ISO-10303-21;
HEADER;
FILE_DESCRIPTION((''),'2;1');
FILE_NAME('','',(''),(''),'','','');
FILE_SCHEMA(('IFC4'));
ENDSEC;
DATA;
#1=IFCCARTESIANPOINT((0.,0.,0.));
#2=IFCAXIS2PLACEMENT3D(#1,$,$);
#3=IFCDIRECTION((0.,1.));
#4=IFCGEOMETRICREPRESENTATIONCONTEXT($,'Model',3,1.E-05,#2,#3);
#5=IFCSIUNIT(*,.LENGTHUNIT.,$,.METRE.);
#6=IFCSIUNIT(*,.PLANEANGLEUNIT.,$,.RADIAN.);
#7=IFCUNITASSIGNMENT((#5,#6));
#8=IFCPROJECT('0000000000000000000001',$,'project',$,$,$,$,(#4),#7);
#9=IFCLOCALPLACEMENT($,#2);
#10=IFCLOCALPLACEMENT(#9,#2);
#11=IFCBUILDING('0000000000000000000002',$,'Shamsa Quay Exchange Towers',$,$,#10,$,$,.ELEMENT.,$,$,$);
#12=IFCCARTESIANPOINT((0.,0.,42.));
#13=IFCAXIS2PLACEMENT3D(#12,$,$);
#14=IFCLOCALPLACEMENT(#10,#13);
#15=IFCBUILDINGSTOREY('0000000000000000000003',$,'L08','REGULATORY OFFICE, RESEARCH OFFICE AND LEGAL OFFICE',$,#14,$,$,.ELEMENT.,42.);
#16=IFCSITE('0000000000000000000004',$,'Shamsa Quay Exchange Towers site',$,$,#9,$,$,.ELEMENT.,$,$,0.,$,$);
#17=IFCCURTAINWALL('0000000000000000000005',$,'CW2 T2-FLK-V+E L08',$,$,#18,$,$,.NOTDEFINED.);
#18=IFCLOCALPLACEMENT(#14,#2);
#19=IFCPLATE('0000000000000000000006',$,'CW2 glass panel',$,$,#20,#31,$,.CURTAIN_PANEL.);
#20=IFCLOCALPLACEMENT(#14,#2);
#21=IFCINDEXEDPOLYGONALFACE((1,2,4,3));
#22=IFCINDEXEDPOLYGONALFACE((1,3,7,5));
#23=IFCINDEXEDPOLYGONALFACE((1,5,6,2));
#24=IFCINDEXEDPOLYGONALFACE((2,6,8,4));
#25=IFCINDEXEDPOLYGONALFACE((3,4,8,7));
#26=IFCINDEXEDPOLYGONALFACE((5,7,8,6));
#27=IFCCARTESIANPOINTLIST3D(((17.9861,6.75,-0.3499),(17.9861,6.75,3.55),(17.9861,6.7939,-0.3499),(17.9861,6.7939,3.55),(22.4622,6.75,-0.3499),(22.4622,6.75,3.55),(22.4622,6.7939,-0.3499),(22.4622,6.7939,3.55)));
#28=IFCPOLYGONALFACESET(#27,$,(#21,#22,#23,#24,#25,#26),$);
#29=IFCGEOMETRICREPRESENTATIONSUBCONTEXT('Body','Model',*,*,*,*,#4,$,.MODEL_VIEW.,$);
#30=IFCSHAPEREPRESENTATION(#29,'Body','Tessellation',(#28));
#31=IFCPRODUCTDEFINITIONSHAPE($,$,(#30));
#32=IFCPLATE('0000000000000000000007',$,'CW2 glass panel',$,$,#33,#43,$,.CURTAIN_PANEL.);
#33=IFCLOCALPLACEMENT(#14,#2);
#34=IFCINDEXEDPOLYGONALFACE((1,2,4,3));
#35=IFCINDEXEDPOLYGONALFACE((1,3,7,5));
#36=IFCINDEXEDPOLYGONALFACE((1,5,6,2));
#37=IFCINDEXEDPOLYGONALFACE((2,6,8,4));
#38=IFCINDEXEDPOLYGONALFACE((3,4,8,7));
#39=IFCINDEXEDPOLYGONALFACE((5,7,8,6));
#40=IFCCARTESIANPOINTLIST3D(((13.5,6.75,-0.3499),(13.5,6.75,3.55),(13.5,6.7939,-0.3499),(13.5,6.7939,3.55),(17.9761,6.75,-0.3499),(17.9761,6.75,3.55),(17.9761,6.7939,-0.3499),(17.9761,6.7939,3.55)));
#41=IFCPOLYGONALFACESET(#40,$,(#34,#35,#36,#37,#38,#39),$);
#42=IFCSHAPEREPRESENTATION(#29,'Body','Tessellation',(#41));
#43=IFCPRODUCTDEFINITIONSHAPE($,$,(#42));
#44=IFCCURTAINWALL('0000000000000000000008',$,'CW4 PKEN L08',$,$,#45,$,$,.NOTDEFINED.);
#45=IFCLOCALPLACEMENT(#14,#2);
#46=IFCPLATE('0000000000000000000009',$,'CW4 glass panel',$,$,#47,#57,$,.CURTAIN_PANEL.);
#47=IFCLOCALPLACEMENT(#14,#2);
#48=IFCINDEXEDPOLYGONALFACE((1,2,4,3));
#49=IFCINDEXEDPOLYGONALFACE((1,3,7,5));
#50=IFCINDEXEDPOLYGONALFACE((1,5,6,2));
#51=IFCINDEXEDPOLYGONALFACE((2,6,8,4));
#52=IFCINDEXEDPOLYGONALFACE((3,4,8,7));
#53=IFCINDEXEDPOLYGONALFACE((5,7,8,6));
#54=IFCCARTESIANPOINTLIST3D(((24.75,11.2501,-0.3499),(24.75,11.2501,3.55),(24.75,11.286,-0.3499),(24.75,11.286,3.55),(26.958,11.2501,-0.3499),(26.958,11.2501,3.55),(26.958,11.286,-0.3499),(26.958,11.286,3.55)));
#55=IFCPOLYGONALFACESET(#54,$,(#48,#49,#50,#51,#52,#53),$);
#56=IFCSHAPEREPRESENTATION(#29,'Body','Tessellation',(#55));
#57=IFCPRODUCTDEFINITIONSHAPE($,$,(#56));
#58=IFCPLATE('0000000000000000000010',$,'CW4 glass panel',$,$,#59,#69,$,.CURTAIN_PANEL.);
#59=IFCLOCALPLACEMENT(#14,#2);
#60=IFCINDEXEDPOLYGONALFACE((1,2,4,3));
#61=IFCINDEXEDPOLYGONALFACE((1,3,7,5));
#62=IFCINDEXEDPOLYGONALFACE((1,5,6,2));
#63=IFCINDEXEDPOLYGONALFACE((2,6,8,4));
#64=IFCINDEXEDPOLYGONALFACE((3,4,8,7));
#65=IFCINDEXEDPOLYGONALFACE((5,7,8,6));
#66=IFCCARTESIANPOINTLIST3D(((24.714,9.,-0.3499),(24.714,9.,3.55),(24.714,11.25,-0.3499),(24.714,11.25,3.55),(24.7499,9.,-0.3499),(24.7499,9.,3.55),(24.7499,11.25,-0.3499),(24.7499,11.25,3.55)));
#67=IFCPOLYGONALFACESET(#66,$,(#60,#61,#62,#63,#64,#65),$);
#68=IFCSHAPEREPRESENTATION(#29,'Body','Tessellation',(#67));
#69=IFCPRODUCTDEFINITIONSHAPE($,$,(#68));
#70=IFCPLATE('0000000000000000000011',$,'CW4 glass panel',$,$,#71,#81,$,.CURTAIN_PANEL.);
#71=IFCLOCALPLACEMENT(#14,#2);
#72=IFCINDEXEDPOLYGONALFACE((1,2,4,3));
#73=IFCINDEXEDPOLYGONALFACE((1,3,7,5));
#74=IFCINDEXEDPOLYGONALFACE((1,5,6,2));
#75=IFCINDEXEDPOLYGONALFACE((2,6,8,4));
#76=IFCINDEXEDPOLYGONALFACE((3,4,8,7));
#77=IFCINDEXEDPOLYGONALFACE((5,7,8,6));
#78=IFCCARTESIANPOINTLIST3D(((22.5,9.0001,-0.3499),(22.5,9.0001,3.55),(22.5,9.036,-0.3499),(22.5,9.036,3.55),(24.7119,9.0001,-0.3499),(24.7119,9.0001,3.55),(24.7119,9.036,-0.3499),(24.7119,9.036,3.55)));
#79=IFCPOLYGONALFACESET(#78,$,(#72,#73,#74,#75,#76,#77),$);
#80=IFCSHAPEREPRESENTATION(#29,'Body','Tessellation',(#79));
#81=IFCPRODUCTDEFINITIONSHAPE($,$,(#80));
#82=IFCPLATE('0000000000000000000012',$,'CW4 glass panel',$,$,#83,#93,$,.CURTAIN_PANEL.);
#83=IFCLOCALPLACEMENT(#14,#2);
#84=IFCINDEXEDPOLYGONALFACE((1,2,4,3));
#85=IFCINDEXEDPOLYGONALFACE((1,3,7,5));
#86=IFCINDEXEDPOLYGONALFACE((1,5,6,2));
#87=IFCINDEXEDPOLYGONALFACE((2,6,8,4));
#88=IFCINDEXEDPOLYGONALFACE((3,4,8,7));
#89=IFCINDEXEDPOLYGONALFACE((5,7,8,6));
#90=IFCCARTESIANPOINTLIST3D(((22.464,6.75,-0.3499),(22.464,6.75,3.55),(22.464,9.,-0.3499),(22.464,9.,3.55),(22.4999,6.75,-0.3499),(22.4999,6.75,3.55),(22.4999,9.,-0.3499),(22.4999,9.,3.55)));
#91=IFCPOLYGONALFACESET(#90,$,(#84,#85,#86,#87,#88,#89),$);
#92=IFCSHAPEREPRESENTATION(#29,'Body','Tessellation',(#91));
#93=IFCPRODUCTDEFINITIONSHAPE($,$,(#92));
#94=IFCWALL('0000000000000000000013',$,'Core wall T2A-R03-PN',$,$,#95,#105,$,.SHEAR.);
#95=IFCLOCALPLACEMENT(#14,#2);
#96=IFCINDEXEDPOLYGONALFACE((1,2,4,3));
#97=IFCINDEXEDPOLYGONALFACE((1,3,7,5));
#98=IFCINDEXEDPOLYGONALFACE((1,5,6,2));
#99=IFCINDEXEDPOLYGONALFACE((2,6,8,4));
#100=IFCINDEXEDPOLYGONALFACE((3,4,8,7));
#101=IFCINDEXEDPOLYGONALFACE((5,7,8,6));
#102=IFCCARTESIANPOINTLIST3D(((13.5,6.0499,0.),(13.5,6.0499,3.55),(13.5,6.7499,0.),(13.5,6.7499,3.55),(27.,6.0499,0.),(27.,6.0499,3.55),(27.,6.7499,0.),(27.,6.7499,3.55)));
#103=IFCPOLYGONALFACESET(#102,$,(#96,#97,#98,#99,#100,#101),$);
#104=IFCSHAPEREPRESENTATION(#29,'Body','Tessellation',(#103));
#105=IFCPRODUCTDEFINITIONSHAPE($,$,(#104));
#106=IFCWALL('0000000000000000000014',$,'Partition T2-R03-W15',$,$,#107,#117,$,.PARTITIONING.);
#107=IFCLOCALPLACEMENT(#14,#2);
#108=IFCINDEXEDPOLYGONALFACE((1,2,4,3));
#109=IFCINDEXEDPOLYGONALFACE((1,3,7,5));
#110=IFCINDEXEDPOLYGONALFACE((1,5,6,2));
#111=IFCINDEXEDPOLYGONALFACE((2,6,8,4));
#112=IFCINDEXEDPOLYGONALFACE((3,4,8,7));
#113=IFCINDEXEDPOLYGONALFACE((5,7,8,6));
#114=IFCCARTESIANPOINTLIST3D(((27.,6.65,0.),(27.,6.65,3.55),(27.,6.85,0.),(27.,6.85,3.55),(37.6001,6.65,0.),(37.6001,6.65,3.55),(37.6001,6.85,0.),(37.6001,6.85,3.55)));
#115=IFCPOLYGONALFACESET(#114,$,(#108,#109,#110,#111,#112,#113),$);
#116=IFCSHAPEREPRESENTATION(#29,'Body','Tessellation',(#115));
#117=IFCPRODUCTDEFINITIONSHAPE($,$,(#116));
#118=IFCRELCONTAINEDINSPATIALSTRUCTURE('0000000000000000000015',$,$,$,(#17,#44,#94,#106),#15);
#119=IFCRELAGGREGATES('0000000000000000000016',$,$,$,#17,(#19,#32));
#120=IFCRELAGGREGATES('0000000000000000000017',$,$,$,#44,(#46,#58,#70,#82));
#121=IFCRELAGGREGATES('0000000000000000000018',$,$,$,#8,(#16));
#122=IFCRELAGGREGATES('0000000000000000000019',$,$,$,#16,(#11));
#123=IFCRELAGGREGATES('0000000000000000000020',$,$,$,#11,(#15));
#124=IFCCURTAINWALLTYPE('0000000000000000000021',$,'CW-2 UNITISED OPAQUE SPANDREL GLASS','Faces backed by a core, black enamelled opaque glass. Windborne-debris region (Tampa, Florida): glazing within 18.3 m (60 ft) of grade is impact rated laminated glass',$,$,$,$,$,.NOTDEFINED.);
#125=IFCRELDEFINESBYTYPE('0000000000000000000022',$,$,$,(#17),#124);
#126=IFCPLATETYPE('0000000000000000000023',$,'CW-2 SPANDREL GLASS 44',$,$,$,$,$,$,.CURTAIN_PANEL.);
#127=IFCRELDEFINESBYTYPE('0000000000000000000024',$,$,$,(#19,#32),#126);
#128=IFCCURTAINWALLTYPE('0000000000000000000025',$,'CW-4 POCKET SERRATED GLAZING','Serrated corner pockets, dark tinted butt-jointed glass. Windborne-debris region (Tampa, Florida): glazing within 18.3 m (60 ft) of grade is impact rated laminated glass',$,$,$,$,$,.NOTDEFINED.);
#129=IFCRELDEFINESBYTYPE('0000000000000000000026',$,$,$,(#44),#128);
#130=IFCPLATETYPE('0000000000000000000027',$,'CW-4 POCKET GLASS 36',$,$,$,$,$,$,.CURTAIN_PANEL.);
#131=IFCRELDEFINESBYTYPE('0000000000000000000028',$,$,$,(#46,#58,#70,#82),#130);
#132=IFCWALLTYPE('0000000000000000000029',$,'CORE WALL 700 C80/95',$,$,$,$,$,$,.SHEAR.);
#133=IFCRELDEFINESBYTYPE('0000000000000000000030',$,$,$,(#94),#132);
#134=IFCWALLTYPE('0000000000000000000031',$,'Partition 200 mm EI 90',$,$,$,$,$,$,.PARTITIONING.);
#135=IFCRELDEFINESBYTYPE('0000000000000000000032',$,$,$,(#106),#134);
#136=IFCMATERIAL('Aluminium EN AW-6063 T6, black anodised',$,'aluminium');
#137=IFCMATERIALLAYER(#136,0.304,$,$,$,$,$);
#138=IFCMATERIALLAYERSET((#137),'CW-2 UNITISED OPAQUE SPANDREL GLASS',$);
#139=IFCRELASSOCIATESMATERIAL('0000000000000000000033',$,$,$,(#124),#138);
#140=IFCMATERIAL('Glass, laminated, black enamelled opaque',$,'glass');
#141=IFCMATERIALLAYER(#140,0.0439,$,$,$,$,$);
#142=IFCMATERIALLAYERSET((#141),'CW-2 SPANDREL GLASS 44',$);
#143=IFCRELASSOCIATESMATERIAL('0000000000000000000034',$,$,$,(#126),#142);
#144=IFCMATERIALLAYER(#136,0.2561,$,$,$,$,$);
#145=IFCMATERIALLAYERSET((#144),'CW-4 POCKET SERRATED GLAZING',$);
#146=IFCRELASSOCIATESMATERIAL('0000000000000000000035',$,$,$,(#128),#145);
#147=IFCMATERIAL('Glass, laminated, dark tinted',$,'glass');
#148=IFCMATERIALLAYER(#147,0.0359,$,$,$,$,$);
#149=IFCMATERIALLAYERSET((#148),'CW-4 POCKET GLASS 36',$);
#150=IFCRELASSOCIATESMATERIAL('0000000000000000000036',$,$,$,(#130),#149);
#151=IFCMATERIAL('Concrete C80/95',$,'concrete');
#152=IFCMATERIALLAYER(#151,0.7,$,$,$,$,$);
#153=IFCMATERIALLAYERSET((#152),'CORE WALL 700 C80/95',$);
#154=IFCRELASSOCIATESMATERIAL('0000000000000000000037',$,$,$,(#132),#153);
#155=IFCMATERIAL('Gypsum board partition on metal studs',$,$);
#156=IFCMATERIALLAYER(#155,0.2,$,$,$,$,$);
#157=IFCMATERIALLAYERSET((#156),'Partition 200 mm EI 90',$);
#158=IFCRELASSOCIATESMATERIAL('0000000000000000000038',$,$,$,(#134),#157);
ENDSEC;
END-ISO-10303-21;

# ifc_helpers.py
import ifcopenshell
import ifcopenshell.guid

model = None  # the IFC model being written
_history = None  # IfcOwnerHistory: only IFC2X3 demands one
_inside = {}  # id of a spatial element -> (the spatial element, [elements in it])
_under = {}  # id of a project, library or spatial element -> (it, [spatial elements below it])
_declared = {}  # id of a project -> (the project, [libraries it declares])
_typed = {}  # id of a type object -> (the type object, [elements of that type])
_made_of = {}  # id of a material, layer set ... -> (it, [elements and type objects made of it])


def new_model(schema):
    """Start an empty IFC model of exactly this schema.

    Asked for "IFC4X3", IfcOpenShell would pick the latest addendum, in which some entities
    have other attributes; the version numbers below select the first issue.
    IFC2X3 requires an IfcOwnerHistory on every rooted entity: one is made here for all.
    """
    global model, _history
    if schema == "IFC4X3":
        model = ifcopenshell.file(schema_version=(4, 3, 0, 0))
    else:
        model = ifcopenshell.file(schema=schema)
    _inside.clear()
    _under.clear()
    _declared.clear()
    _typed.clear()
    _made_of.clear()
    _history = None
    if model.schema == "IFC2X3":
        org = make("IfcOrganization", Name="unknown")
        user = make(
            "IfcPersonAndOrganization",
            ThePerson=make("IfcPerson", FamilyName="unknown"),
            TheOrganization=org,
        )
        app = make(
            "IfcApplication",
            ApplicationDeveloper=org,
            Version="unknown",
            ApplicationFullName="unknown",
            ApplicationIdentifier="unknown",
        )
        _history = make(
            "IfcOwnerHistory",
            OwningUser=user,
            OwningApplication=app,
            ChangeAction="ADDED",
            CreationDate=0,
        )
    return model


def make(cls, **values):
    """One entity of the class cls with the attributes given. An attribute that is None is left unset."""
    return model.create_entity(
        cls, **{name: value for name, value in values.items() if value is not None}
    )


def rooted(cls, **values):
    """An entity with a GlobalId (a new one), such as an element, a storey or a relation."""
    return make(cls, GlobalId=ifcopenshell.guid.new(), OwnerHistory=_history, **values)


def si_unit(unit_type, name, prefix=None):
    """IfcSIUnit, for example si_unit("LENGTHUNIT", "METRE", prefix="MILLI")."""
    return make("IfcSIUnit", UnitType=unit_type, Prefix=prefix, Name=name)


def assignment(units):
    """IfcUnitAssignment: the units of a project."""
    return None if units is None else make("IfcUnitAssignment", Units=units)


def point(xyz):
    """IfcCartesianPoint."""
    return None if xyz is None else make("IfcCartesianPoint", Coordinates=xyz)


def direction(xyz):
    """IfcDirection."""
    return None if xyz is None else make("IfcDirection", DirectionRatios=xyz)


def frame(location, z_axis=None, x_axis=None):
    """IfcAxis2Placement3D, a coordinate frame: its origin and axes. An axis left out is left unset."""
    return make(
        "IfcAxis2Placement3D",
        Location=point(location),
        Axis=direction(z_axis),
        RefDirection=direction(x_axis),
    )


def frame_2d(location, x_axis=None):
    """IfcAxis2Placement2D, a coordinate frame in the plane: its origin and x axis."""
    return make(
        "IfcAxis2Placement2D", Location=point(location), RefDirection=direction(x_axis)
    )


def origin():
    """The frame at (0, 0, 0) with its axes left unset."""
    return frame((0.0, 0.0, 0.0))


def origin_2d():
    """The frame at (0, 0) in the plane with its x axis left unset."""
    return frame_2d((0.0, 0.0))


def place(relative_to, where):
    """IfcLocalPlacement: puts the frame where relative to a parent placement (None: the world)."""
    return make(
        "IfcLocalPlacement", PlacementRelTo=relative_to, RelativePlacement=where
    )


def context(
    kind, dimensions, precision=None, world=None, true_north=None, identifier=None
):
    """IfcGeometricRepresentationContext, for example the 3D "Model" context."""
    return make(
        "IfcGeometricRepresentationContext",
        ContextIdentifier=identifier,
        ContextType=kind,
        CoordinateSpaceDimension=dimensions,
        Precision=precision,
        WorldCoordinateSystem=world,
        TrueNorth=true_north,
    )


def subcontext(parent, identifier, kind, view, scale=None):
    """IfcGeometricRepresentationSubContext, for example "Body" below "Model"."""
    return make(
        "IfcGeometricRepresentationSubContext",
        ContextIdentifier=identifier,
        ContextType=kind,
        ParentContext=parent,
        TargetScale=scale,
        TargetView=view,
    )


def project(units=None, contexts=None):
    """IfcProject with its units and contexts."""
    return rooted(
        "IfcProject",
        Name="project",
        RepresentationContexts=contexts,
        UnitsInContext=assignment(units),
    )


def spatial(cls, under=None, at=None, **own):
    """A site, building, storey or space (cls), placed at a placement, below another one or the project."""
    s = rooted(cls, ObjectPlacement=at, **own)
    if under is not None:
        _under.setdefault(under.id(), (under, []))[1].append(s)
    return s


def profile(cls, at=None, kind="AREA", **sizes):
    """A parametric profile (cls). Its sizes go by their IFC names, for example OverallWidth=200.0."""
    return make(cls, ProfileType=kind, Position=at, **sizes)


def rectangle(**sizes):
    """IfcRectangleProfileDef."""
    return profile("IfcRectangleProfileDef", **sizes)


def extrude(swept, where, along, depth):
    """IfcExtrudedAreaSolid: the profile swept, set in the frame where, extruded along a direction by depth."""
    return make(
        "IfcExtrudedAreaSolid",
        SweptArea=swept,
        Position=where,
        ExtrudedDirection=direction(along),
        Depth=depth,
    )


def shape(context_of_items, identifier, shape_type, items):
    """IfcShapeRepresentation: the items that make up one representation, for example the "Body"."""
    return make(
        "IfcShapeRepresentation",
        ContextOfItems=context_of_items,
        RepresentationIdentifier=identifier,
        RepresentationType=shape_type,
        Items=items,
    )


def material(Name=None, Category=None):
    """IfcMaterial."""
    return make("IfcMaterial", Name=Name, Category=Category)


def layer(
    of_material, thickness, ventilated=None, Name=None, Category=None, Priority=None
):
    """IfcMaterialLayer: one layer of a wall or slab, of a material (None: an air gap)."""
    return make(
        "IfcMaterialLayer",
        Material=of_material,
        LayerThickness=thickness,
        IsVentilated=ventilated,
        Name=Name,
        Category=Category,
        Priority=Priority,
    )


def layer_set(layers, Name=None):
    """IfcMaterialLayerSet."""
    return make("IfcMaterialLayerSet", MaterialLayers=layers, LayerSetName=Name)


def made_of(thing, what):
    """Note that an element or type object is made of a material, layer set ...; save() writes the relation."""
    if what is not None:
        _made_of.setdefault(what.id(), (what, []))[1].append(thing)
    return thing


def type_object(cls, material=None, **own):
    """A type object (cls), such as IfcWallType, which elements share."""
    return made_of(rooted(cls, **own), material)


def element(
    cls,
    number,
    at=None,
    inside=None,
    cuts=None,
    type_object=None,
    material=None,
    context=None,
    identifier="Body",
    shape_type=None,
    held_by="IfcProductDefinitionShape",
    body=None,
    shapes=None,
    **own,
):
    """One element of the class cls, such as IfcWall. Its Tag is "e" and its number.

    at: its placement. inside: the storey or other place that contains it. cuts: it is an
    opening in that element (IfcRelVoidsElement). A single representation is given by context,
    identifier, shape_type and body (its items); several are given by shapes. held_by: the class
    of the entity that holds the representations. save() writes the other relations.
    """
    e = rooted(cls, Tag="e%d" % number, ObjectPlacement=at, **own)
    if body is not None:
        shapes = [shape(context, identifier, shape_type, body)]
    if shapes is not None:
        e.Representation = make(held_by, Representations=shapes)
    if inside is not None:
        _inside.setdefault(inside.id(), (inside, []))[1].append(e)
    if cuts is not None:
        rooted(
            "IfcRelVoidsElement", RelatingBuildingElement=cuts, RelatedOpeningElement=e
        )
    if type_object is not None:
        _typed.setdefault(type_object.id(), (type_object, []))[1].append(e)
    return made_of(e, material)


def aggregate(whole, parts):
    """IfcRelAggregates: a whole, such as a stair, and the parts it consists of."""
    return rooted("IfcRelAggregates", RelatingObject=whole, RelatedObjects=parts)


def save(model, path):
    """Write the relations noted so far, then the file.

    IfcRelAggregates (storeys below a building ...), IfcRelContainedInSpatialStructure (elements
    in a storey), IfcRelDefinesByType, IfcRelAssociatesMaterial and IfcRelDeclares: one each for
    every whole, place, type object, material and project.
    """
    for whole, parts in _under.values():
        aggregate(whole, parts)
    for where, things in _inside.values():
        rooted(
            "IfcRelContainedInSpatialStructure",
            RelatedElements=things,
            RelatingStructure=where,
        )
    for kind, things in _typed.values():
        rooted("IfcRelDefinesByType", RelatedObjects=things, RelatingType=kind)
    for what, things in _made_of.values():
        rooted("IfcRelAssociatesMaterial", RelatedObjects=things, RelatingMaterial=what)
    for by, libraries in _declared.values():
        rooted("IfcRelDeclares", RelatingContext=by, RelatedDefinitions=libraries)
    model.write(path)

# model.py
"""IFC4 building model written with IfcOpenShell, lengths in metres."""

from ifc_helpers import new_model, si_unit, direction, frame, frame_2d, origin, origin_2d, place, context, subcontext, project, spatial, rectangle, extrude, material, layer, layer_set, type_object, element, aggregate, save


model = new_model("IFC4")

# Units and contexts
model_context = context("Model", 3, precision=1e-05, world=origin(), true_north=direction((0.0, 1.0)))
body_context = subcontext(model_context, "Body", "Model", "MODEL_VIEW")
ifc_project = project(units=[si_unit("LENGTHUNIT", "METRE"), si_unit("PLANEANGLEUNIT", "RADIAN")], contexts=[model_context])

# Site, building, storey
site_placement = place(None, origin())
site = spatial("IfcSite", under=ifc_project, at=site_placement, Name="Shamsa Quay Exchange Towers site", CompositionType="ELEMENT", RefElevation=0.0)
building_placement = place(site_placement, origin())
building = spatial("IfcBuilding", under=site, at=building_placement, Name="Shamsa Quay Exchange Towers", CompositionType="ELEMENT")
storey_placement = place(building_placement, frame((0.0, 0.0, 42.0)))
storey = spatial("IfcBuildingStorey", under=building, at=storey_placement, Name="L08", Description="REGULATORY OFFICE, RESEARCH OFFICE AND LEGAL OFFICE", CompositionType="ELEMENT", Elevation=42.0)

# Shared definitions
ifc_material_1 = material(Name="Aluminium EN AW-6063 T6, black anodised", Category="aluminium")

# Shared definitions
ifc_material_2 = material(Name="Glass, laminated, dark tinted", Category="glass")

# Curtain walls, plates
ifc_layer_1 = layer(ifc_material_1, 0.304)
ifc_layer_set_1 = layer_set([ifc_layer_1], Name="CW-2 UNITISED OPAQUE SPANDREL GLASS")
curtain_wall_type_1 = type_object("IfcCurtainWallType", Name="CW-2 UNITISED OPAQUE SPANDREL GLASS", Description="Faces backed by a core, black enamelled opaque glass. Windborne-debris region (Tampa, Florida): glazing within 18.3 m (60 ft) of grade is impact rated laminated glass", PredefinedType="NOTDEFINED", material=ifc_layer_set_1)
curtain_wall_1_placement = place(storey_placement, origin())
curtain_wall_1 = element("IfcCurtainWall", 1, at=curtain_wall_1_placement, inside=storey, type_object=curtain_wall_type_1, Name="CW2 T2-FLK-V+E L08", PredefinedType="NOTDEFINED")
ifc_material_3 = material(Name="Glass, laminated, black enamelled opaque", Category="glass")
ifc_layer_2 = layer(ifc_material_3, 0.0439)
ifc_layer_set_2 = layer_set([ifc_layer_2], Name="CW-2 SPANDREL GLASS 44")
plate_type_1 = type_object("IfcPlateType", Name="CW-2 SPANDREL GLASS 44", PredefinedType="CURTAIN_PANEL", material=ifc_layer_set_2)
plate_1_placement = place(storey_placement, frame((20.2241, 6.772, -0.3499), z_axis=(0.0, 0.0, 1.0), x_axis=(-1.0, 0.0, 0.0)))
plate_1 = element("IfcPlate", 2, at=plate_1_placement, type_object=plate_type_1, Name="CW2 glass panel", PredefinedType="CURTAIN_PANEL", context=body_context, shape_type="SweptSolid", body=[
    extrude(rectangle(XDim=4.4761, YDim=0.0439, at=origin_2d()), origin(), (0.0, 0.0, 1.0), 3.8999),
])
plate_2_placement = place(storey_placement, frame((15.738, 6.772, -0.3499), z_axis=(0.0, 0.0, 1.0), x_axis=(-1.0, 0.0, 0.0)))
plate_2 = element("IfcPlate", 3, at=plate_2_placement, type_object=plate_type_1, Name="CW2 glass panel", PredefinedType="CURTAIN_PANEL", context=body_context, shape_type="SweptSolid", body=[
    extrude(rectangle(XDim=4.4761, YDim=0.0439, at=origin_2d()), origin(), (0.0, 0.0, 1.0), 3.8999),
])
aggregate(curtain_wall_1, [plate_1, plate_2])
ifc_layer_3 = layer(ifc_material_1, 0.2561)
ifc_layer_set_3 = layer_set([ifc_layer_3], Name="CW-4 POCKET SERRATED GLAZING")
curtain_wall_type_2 = type_object("IfcCurtainWallType", Name="CW-4 POCKET SERRATED GLAZING", Description="Serrated corner pockets, dark tinted butt-jointed glass. Windborne-debris region (Tampa, Florida): glazing within 18.3 m (60 ft) of grade is impact rated laminated glass", PredefinedType="NOTDEFINED", material=ifc_layer_set_3)
curtain_wall_2_placement = place(storey_placement, origin())
curtain_wall_2 = element("IfcCurtainWall", 4, at=curtain_wall_2_placement, inside=storey, type_object=curtain_wall_type_2, Name="CW4 PKEN L08", PredefinedType="NOTDEFINED")
ifc_layer_4 = layer(ifc_material_2, 0.0359)
ifc_layer_set_4 = layer_set([ifc_layer_4], Name="CW-4 POCKET GLASS 36")
plate_type_2 = type_object("IfcPlateType", Name="CW-4 POCKET GLASS 36", PredefinedType="CURTAIN_PANEL", material=ifc_layer_set_4)
plate_3_placement = place(storey_placement, frame((25.854, 11.2681, -0.3499), z_axis=(0.0, 0.0, 1.0), x_axis=(-1.0, 0.0, 0.0)))
plate_3 = element("IfcPlate", 5, at=plate_3_placement, type_object=plate_type_2, Name="CW4 glass panel", PredefinedType="CURTAIN_PANEL", context=body_context, shape_type="SweptSolid", body=[
    extrude(rectangle(XDim=2.208, YDim=0.0359, at=origin_2d()), origin(), (0.0, 0.0, 1.0), 3.8999),
])
plate_4_placement = place(storey_placement, frame((24.7319, 10.125, -0.3499), z_axis=(0.0, 0.0, 1.0), x_axis=(0.0, -1.0, 0.0)))
plate_4 = element("IfcPlate", 6, at=plate_4_placement, type_object=plate_type_2, Name="CW4 glass panel", PredefinedType="CURTAIN_PANEL", context=body_context, shape_type="SweptSolid", body=[
    extrude(rectangle(XDim=2.25, YDim=0.0359, at=origin_2d()), origin(), (0.0, 0.0, 1.0), 3.8999),
])
plate_5_placement = place(storey_placement, frame((23.606, 9.0181, -0.3499), z_axis=(0.0, 0.0, 1.0), x_axis=(-1.0, 0.0, 0.0)))
plate_5 = element("IfcPlate", 7, at=plate_5_placement, type_object=plate_type_2, Name="CW4 glass panel", PredefinedType="CURTAIN_PANEL", context=body_context, shape_type="SweptSolid", body=[
    extrude(rectangle(XDim=2.2119, YDim=0.0359, at=origin_2d()), origin(), (0.0, 0.0, 1.0), 3.8999),
])
plate_6_placement = place(storey_placement, frame((22.4819, 7.875, -0.3499), z_axis=(0.0, 0.0, 1.0), x_axis=(0.0, -1.0, 0.0)))
plate_6 = element("IfcPlate", 8, at=plate_6_placement, type_object=plate_type_2, Name="CW4 glass panel", PredefinedType="CURTAIN_PANEL", context=body_context, shape_type="SweptSolid", body=[
    extrude(rectangle(XDim=2.25, YDim=0.0359, at=origin_2d()), origin(), (0.0, 0.0, 1.0), 3.8999),
])
aggregate(curtain_wall_2, [plate_3, plate_4, plate_5, plate_6])

# Wall
ifc_material_4 = material(Name="Concrete C80/95", Category="concrete")
ifc_layer_5 = layer(ifc_material_4, 0.7)
ifc_layer_set_5 = layer_set([ifc_layer_5], Name="CORE WALL 700 C80/95")
wall_type_1 = type_object("IfcWallType", Name="CORE WALL 700 C80/95", PredefinedType="SHEAR", material=ifc_layer_set_5)
wall_1_placement = place(storey_placement, frame((13.5, 6.3999, 0.0)))
element("IfcWall", 9, at=wall_1_placement, inside=storey, type_object=wall_type_1, Name="Core wall T2A-R03-PN", PredefinedType="SHEAR", context=body_context, shape_type="SweptSolid", body=[
    extrude(rectangle(XDim=13.5, YDim=0.7, at=frame_2d((6.75, 0.0))), origin(), (0.0, 0.0, 1.0), 3.55),
])

# Wall
ifc_material_5 = material(Name="Gypsum board partition on metal studs")
ifc_layer_6 = layer(ifc_material_5, 0.2)
ifc_layer_set_6 = layer_set([ifc_layer_6], Name="Partition 200 mm EI 90")
wall_type_2 = type_object("IfcWallType", Name="Partition 200 mm EI 90", PredefinedType="PARTITIONING", material=ifc_layer_set_6)
wall_2_placement = place(storey_placement, frame((27.0, 6.75, 0.0)))
element("IfcWall", 10, at=wall_2_placement, inside=storey, type_object=wall_type_2, Name="Partition T2-R03-W15", PredefinedType="PARTITIONING", context=body_context, shape_type="SweptSolid", body=[
    extrude(rectangle(XDim=10.6001, YDim=0.2, at=frame_2d((5.3, 0.0))), origin(), (0.0, 0.0, 1.0), 3.55),
])

save(model, "model.ifc")
